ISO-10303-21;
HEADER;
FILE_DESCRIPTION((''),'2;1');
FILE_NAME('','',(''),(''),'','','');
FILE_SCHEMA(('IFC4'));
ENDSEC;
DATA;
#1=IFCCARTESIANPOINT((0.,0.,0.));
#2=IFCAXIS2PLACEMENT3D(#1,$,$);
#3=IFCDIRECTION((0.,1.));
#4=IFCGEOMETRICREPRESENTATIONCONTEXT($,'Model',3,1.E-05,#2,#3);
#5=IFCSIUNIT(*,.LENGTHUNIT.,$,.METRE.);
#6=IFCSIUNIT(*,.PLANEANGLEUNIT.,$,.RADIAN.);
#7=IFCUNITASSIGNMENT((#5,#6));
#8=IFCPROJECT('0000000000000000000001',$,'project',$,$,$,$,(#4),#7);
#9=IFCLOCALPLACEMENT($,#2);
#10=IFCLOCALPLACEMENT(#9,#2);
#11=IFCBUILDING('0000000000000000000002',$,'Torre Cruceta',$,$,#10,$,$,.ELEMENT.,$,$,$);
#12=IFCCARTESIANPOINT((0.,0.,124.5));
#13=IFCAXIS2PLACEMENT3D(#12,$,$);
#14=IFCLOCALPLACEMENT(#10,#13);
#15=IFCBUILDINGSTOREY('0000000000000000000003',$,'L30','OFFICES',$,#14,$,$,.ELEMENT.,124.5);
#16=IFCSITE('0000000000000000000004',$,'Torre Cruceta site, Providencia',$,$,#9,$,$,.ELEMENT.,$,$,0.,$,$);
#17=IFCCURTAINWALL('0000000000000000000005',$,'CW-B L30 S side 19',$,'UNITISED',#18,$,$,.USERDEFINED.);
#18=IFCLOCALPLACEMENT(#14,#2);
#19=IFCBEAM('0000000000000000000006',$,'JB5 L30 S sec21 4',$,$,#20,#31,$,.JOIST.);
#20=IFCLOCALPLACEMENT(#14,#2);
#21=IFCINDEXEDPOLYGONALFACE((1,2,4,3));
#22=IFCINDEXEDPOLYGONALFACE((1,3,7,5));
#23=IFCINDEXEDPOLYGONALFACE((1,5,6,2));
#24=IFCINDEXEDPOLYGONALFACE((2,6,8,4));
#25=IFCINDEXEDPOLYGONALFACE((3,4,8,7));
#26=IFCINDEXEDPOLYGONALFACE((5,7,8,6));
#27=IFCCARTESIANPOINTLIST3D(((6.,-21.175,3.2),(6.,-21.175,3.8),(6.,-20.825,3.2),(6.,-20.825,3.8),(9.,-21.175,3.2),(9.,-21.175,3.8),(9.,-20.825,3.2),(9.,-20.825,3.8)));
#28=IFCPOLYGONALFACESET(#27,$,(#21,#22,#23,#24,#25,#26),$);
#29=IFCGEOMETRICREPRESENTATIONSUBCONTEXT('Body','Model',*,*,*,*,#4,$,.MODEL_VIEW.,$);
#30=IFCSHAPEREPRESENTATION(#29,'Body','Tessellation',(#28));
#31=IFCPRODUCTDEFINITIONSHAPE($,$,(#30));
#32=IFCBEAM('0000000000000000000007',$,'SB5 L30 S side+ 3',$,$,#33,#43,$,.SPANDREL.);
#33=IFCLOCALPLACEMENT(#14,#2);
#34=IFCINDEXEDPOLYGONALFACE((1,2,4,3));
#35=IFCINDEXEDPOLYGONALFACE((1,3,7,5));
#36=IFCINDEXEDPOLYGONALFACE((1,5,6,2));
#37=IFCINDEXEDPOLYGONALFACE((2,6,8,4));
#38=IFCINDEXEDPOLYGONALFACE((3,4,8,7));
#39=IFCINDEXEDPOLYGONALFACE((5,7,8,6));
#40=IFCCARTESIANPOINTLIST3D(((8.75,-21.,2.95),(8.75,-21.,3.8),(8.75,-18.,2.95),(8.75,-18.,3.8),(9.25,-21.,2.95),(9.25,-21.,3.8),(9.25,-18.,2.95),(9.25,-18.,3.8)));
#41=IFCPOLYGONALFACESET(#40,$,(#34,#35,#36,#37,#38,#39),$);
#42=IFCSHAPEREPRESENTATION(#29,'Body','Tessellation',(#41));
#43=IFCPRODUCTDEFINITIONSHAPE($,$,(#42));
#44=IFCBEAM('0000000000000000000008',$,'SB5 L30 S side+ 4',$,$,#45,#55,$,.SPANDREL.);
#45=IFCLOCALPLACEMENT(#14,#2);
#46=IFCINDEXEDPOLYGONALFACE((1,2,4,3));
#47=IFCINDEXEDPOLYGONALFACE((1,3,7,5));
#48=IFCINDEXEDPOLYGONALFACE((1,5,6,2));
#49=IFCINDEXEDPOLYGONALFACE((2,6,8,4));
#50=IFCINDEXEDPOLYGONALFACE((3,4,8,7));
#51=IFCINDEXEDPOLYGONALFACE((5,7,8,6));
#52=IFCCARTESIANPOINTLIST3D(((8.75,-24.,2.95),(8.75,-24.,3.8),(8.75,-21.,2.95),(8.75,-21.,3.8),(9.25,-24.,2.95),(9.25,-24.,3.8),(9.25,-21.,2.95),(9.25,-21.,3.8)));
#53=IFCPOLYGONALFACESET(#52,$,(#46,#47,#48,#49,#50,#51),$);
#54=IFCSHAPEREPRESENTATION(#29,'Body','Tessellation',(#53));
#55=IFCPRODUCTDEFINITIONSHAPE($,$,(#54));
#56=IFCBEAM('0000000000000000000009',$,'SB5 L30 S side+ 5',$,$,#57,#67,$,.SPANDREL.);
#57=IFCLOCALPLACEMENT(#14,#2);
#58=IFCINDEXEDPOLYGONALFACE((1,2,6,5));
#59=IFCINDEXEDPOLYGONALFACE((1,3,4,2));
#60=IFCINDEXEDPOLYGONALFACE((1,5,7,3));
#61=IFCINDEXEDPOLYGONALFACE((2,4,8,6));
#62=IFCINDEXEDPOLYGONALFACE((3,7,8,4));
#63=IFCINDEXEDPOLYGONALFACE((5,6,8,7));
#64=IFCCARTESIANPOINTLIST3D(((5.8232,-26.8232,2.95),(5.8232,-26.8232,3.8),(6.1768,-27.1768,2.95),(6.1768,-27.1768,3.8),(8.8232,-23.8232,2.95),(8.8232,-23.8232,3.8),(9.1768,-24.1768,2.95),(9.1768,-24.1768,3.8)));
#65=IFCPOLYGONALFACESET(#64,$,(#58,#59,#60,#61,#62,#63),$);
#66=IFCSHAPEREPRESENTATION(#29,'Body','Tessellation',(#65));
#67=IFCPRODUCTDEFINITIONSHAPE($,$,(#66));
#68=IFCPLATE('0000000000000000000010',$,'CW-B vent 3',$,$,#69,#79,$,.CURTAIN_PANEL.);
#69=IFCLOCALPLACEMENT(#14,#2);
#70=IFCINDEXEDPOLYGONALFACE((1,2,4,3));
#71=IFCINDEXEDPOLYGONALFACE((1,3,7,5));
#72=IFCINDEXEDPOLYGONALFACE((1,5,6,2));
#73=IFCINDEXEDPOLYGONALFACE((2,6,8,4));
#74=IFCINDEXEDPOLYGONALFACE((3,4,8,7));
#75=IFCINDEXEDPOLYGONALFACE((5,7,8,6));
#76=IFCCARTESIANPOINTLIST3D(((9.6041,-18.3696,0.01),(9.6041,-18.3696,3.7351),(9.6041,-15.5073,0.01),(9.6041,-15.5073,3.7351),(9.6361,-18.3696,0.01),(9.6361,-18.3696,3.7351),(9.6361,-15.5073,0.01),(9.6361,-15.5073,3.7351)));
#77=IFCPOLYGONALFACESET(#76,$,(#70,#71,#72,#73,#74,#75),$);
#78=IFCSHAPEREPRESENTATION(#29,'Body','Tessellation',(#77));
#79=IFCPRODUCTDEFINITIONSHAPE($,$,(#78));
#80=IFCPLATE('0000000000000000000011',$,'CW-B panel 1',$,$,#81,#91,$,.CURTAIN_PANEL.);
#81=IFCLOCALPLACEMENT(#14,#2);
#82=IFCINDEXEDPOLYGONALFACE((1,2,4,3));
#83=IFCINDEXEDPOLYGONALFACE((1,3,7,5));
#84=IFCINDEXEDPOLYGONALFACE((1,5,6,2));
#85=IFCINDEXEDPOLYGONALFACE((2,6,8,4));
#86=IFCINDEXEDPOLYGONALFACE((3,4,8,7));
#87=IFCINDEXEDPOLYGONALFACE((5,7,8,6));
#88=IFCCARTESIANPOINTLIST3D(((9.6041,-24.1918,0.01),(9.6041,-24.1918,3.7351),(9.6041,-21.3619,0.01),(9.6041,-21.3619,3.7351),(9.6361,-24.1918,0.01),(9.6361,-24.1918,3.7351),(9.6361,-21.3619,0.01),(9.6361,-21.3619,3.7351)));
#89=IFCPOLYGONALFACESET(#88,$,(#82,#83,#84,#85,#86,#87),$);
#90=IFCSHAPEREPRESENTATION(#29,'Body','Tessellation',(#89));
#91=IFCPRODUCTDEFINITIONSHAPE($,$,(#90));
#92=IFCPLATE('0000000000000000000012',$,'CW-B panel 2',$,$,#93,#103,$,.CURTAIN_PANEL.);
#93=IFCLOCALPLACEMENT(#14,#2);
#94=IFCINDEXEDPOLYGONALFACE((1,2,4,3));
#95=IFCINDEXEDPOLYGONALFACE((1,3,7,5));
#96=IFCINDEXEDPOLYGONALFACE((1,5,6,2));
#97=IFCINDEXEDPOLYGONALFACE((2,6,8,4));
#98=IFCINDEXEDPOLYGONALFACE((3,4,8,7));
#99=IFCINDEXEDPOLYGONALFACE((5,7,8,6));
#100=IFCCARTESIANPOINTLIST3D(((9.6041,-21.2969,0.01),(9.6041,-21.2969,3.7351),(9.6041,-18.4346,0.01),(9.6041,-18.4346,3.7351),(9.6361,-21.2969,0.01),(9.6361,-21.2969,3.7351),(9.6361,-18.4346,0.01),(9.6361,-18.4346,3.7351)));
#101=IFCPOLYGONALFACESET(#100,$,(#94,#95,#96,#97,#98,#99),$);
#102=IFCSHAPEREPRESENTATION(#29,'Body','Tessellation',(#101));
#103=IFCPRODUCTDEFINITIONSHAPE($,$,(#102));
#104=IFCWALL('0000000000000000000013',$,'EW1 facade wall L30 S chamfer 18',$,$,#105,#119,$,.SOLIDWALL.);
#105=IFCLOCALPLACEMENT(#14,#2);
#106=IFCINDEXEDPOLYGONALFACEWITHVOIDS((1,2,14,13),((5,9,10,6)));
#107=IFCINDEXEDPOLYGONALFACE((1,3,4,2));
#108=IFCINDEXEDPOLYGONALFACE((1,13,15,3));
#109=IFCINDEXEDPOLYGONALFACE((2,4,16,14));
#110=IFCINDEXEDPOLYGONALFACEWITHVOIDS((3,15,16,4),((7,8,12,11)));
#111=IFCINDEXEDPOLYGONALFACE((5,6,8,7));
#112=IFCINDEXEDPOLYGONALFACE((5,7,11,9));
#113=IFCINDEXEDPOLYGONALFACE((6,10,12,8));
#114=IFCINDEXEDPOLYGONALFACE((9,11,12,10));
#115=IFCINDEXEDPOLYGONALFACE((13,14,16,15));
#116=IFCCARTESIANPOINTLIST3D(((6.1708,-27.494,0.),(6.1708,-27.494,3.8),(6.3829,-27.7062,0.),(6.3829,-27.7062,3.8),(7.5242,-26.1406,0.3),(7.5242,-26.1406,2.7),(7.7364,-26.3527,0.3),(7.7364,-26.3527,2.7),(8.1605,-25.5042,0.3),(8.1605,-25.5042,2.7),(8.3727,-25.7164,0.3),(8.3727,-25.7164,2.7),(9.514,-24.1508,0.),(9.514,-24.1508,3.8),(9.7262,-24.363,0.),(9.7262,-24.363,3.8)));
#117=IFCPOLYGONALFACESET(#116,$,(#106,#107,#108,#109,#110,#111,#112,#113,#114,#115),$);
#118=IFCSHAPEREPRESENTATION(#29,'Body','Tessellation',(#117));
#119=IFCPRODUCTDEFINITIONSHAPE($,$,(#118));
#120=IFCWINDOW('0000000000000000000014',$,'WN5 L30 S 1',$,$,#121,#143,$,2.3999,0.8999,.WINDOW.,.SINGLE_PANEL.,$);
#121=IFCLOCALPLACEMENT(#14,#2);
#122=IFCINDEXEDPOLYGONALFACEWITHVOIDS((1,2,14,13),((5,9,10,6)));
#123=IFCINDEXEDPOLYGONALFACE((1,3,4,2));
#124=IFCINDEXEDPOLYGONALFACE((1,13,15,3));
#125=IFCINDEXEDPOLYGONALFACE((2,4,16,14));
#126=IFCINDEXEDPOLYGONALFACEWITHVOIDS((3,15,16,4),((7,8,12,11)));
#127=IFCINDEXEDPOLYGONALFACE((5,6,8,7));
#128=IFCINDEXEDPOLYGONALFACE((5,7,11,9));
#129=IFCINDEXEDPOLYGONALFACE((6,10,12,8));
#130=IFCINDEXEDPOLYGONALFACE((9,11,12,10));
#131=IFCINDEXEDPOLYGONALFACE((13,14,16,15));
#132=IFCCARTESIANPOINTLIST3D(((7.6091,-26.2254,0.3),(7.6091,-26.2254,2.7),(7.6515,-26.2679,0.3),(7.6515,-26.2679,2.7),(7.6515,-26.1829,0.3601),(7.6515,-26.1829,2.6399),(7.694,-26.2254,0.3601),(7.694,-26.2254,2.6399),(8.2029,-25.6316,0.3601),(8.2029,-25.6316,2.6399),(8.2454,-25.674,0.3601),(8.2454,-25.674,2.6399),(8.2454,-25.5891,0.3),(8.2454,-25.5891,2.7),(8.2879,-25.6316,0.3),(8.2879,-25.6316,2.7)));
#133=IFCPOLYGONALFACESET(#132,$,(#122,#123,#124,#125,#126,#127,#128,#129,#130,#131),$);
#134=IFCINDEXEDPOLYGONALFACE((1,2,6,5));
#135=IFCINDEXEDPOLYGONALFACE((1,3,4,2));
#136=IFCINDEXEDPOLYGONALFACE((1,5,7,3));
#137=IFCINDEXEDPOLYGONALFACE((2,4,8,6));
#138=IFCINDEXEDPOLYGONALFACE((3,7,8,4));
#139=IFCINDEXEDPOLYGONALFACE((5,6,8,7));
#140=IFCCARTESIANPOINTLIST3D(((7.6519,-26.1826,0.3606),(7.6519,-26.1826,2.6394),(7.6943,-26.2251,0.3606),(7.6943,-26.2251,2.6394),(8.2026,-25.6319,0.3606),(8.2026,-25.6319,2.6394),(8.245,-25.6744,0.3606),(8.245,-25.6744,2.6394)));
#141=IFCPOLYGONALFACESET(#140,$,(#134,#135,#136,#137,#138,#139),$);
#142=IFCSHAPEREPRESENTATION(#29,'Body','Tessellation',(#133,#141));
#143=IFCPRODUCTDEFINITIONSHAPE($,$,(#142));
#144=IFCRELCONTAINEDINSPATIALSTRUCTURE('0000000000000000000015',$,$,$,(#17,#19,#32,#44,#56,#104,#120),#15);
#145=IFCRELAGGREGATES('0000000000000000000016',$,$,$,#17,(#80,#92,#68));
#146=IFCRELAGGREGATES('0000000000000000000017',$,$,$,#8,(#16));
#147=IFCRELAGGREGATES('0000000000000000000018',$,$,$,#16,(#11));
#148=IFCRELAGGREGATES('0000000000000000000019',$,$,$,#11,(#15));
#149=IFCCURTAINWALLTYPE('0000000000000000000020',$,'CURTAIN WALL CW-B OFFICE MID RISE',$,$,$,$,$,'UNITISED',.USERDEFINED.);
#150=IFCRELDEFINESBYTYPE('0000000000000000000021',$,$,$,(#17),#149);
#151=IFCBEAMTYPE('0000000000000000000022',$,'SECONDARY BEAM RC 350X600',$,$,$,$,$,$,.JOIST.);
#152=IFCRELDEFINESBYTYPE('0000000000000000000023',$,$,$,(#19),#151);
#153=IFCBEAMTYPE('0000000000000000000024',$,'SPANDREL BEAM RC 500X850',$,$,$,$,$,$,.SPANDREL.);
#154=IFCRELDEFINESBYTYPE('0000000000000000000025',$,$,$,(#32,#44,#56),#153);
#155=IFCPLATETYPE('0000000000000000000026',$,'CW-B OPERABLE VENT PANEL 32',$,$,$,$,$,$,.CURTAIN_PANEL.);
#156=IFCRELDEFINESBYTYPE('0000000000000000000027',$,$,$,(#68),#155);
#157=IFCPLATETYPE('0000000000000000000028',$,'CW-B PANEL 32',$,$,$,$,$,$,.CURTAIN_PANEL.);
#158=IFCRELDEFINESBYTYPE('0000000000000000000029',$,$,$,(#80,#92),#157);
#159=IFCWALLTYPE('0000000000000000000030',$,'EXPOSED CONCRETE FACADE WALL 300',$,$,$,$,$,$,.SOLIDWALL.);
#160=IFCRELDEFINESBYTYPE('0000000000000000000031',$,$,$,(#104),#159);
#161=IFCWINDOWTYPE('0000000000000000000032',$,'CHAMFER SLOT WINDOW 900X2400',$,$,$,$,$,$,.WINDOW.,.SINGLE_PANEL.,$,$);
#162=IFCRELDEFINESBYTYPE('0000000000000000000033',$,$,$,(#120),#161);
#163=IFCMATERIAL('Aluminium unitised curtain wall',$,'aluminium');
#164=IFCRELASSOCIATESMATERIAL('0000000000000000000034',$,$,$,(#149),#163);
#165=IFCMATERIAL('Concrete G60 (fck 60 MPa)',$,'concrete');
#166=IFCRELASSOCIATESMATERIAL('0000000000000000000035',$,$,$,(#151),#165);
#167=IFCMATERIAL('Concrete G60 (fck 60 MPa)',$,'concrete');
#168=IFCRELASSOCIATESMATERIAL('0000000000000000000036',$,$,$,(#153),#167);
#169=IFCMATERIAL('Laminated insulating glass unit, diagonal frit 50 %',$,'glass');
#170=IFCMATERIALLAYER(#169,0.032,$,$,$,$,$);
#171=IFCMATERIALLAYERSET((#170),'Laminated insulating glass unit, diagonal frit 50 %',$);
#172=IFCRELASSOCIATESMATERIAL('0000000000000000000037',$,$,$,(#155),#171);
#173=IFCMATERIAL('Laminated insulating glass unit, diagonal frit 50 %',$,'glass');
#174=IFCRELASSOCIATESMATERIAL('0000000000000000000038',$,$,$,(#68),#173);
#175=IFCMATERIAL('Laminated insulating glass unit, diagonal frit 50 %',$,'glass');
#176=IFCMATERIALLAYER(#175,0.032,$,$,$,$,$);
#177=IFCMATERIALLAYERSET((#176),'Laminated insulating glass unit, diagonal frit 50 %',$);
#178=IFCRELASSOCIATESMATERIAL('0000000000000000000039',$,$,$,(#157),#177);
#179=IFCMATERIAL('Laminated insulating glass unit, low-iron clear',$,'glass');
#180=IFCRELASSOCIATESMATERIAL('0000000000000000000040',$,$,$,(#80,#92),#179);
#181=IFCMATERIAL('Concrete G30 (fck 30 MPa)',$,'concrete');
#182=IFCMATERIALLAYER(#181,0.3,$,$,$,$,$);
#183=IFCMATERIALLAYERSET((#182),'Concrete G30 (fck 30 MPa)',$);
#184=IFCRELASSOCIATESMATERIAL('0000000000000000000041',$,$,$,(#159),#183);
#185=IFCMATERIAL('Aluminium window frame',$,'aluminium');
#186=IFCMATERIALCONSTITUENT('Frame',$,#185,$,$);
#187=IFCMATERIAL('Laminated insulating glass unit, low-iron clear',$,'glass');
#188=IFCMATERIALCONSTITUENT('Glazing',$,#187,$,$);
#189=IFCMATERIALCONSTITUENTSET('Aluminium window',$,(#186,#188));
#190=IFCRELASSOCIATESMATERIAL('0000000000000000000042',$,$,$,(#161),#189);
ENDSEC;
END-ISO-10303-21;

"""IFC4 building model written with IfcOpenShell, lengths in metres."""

from ifc_helpers import new_model, si_unit, direction, frame, frame_2d, origin, origin_2d, place, context, subcontext, project, spatial, rectangle, hollow_rectangle, extrude, material, layer, layer_set, constituent, constituent_set, material_profile, profile_set, type_object, element, fill, aggregate, save


model = new_model("IFC4")

# Units and contexts
model_context = context("Model", 3, precision=1e-05, world=origin(), true_north=direction((0.0, 1.0)))
body_context = subcontext(model_context, "Body", "Model", "MODEL_VIEW")
ifc_project = project(units=[si_unit("LENGTHUNIT", "METRE"), si_unit("PLANEANGLEUNIT", "RADIAN")], contexts=[model_context])

# Site, building, storey
site_placement = place(None, origin())
site = spatial("IfcSite", under=ifc_project, at=site_placement, Name="Torre Cruceta site, Providencia", CompositionType="ELEMENT", RefElevation=0.0)
building_placement = place(site_placement, origin())
building = spatial("IfcBuilding", under=site, at=building_placement, Name="Torre Cruceta", CompositionType="ELEMENT")
storey_placement = place(building_placement, frame((0.0, 0.0, 124.5)))
storey = spatial("IfcBuildingStorey", under=building, at=storey_placement, Name="L30", Description="OFFICES", CompositionType="ELEMENT", Elevation=124.5)

# Curtain wall
ifc_material_1 = material(Name="Aluminium unitised curtain wall", Category="aluminium")
curtain_wall_type = type_object("IfcCurtainWallType", Name="CURTAIN WALL CW-B OFFICE MID RISE", ElementType="UNITISED", PredefinedType="USERDEFINED", material=ifc_material_1)
curtain_wall_placement = place(storey_placement, origin())
curtain_wall = element("IfcCurtainWall", 1, at=curtain_wall_placement, inside=storey, type_object=curtain_wall_type, Name="CW-B L30 S side 19", ObjectType="UNITISED", PredefinedType="USERDEFINED")

# Beams
ifc_material_2 = material(Name="Concrete G60 (fck 60 MPa)", Category="concrete")
ifc_material_profile_1 = material_profile(ifc_material_2, rectangle(XDim=0.3501, YDim=0.6001, at=origin_2d()), Name="RC 350X600")
ifc_profile_set_1 = profile_set([ifc_material_profile_1], Name="Concrete G60 (fck 60 MPa)")
beam_type_1 = type_object("IfcBeamType", Name="SECONDARY BEAM RC 350X600", PredefinedType="JOIST", material=ifc_profile_set_1)
beam_1_placement = place(storey_placement, frame((6.0, -21.0, 3.5), z_axis=(1.0, 0.0, 0.0), x_axis=(0.0, 1.0, 0.0)))
element("IfcBeam", 2, at=beam_1_placement, inside=storey, type_object=beam_type_1, Name="JB5 L30 S sec21 4", PredefinedType="JOIST", context=body_context, shape_type="SweptSolid", body=[
    extrude(rectangle(XDim=0.3501, YDim=0.6001, at=origin_2d()), origin(), (0.0, 0.0, 1.0), 3.0),
])
ifc_material_3 = material(Name="Concrete G60 (fck 60 MPa)", Category="concrete")
ifc_material_profile_2 = material_profile(ifc_material_3, rectangle(XDim=0.5, YDim=0.8501, at=origin_2d()), Name="RC 500X850")
ifc_profile_set_2 = profile_set([ifc_material_profile_2], Name="Concrete G60 (fck 60 MPa)")
beam_type_2 = type_object("IfcBeamType", Name="SPANDREL BEAM RC 500X850", PredefinedType="SPANDREL", material=ifc_profile_set_2)
for number, where, z_axis, x_axis, name in (
    (3, (9.0, -18.0, 3.375), (0.0, -1.0, 0.0), (1.0, 0.0, 0.0), "SB5 L30 S side+ 3"),
    (4, (9.0, -21.0, 3.375), (0.0, -1.0, 0.0), (1.0, 0.0, 0.0), "SB5 L30 S side+ 4"),
):
    element("IfcBeam", number, at=place(storey_placement, frame(where, z_axis=z_axis, x_axis=x_axis)), inside=storey, type_object=beam_type_2, Name=name, PredefinedType="SPANDREL", context=body_context, shape_type="SweptSolid", body=[
        extrude(rectangle(XDim=0.5, YDim=0.8501, at=origin_2d()), origin(), (0.0, 0.0, 1.0), 3.0),
    ])
beam_2_placement = place(storey_placement, frame((9.0, -24.0, 3.375), z_axis=(-0.707107, -0.707107, 0.0), x_axis=(0.707107, -0.707107, 0.0)))
element("IfcBeam", 5, at=beam_2_placement, inside=storey, type_object=beam_type_2, Name="SB5 L30 S side+ 5", PredefinedType="SPANDREL", context=body_context, shape_type="SweptSolid", body=[
    extrude(rectangle(XDim=0.5, YDim=0.8501, at=origin_2d()), origin(), (0.0, 0.0, 1.0), 4.2427),
])

# Plates
ifc_material_4 = material(Name="Laminated insulating glass unit, diagonal frit 50 %", Category="glass")
ifc_material_5 = material(Name="Laminated insulating glass unit, diagonal frit 50 %", Category="glass")
ifc_layer_1 = layer(ifc_material_5, 0.032)
ifc_layer_set_1 = layer_set([ifc_layer_1], Name="Laminated insulating glass unit, diagonal frit 50 %")
plate_type_1 = type_object("IfcPlateType", Name="CW-B OPERABLE VENT PANEL 32", PredefinedType="CURTAIN_PANEL", material=ifc_layer_set_1)
plate_1_placement = place(storey_placement, frame((9.6201, -16.9385, 0.01), z_axis=(0.0, 0.0, 1.0), x_axis=(0.0, 1.0, 0.0)))
plate_1 = element("IfcPlate", 6, at=plate_1_placement, type_object=plate_type_1, material=ifc_material_4, Name="CW-B vent 3", PredefinedType="CURTAIN_PANEL", context=body_context, shape_type="SweptSolid", body=[
    extrude(rectangle(XDim=2.8623, YDim=0.032, at=origin_2d()), origin(), (0.0, 0.0, 1.0), 3.7251),
])
ifc_material_6 = material(Name="Laminated insulating glass unit, low-iron clear", Category="glass")
ifc_material_7 = material(Name="Laminated insulating glass unit, diagonal frit 50 %", Category="glass")
ifc_layer_2 = layer(ifc_material_7, 0.032)
ifc_layer_set_2 = layer_set([ifc_layer_2], Name="Laminated insulating glass unit, diagonal frit 50 %")
plate_type_2 = type_object("IfcPlateType", Name="CW-B PANEL 32", PredefinedType="CURTAIN_PANEL", material=ifc_layer_set_2)
plate_2_placement = place(storey_placement, frame((9.6201, -22.7769, 0.01), z_axis=(0.0, 0.0, 1.0), x_axis=(0.0, 1.0, 0.0)))
plate_2 = element("IfcPlate", 7, at=plate_2_placement, type_object=plate_type_2, material=ifc_material_6, Name="CW-B panel 1", PredefinedType="CURTAIN_PANEL", context=body_context, shape_type="SweptSolid", body=[
    extrude(rectangle(XDim=2.8298, YDim=0.032, at=origin_2d()), origin(), (0.0, 0.0, 1.0), 3.7251),
])
plate_3_placement = place(storey_placement, frame((9.6201, -19.8657, 0.01), z_axis=(0.0, 0.0, 1.0), x_axis=(0.0, 1.0, 0.0)))
plate_3 = element("IfcPlate", 8, at=plate_3_placement, type_object=plate_type_2, material=ifc_material_6, Name="CW-B panel 2", PredefinedType="CURTAIN_PANEL", context=body_context, shape_type="SweptSolid", body=[
    extrude(rectangle(XDim=2.8623, YDim=0.032, at=origin_2d()), origin(), (0.0, 0.0, 1.0), 3.7251),
])
aggregate(curtain_wall, [plate_2, plate_3, plate_1])

# Wall, opening, window
ifc_material_8 = material(Name="Concrete G30 (fck 30 MPa)", Category="concrete")
ifc_layer_3 = layer(ifc_material_8, 0.3)
ifc_layer_set_3 = layer_set([ifc_layer_3], Name="Concrete G30 (fck 30 MPa)")
wall_type_1 = type_object("IfcWallType", Name="EXPOSED CONCRETE FACADE WALL 300", PredefinedType="SOLIDWALL", material=ifc_layer_set_3)
wall_1_placement = place(storey_placement, frame((6.2769, -27.6001, 0.0), z_axis=(0.0, 0.0, 1.0), x_axis=(0.707107, 0.707107, 0.0)))
wall_1 = element("IfcWall", 9, at=wall_1_placement, inside=storey, type_object=wall_type_1, Name="EW1 facade wall L30 S chamfer 18", PredefinedType="SOLIDWALL", context=body_context, shape_type="SweptSolid", body=[
    extrude(rectangle(XDim=4.728, YDim=0.3, at=frame_2d((2.364, 0.0))), origin(), (0.0, 0.0, 1.0), 3.8),
])
opening_1_placement = place(wall_1_placement, frame((1.9141, 0.0, 0.3)))
opening_1 = element("IfcOpeningElement", 10, at=opening_1_placement, cuts=wall_1, PredefinedType="OPENING", context=body_context, shape_type="SweptSolid", body=[
    extrude(rectangle(XDim=0.8999, YDim=2.3999, at=frame_2d((0.45, 1.2))), frame((0.0, 0.1599, 0.0), z_axis=(0.0, -1.0, 0.0), x_axis=(1.0, 0.0, 0.0)), (0.0, 0.0, 1.0), 0.3201),
])
ifc_material_9 = material(Name="Aluminium window frame", Category="aluminium")
ifc_constituent_1 = constituent(ifc_material_9, Name="Frame")
ifc_material_10 = material(Name="Laminated insulating glass unit, low-iron clear", Category="glass")
ifc_constituent_2 = constituent(ifc_material_10, Name="Glazing")
ifc_constituent_set_1 = constituent_set(constituents=[ifc_constituent_1, ifc_constituent_2], Name="Aluminium window")
window_type = type_object("IfcWindowType", Name="CHAMFER SLOT WINDOW 900X2400", PartitioningType="SINGLE_PANEL", PredefinedType="WINDOW", material=ifc_constituent_set_1)
window_placement = place(opening_1_placement, origin())
window = element("IfcWindow", 11, at=window_placement, inside=storey, type_object=window_type, Name="WN5 L30 S 1", OverallHeight=2.3999, OverallWidth=0.8999, PartitioningType="SINGLE_PANEL", PredefinedType="WINDOW", context=body_context, shape_type="SweptSolid", body=[
    extrude(hollow_rectangle(XDim=0.8999, YDim=2.3999, WallThickness=0.0601, at=frame_2d((0.45, 1.2))), frame((0.0, 0.03, 0.0), z_axis=(0.0, -1.0, 0.0), x_axis=(1.0, 0.0, 0.0)), (0.0, 0.0, 1.0), 0.0601),
    extrude(rectangle(XDim=0.7788, YDim=2.2788, at=frame_2d((0.45, 1.2))), frame((0.0, 0.03, 0.0), z_axis=(0.0, -1.0, 0.0), x_axis=(1.0, 0.0, 0.0)), (0.0, 0.0, 1.0), 0.0601),
])
fill(opening_1, window)

save(model, "model.ifc")
